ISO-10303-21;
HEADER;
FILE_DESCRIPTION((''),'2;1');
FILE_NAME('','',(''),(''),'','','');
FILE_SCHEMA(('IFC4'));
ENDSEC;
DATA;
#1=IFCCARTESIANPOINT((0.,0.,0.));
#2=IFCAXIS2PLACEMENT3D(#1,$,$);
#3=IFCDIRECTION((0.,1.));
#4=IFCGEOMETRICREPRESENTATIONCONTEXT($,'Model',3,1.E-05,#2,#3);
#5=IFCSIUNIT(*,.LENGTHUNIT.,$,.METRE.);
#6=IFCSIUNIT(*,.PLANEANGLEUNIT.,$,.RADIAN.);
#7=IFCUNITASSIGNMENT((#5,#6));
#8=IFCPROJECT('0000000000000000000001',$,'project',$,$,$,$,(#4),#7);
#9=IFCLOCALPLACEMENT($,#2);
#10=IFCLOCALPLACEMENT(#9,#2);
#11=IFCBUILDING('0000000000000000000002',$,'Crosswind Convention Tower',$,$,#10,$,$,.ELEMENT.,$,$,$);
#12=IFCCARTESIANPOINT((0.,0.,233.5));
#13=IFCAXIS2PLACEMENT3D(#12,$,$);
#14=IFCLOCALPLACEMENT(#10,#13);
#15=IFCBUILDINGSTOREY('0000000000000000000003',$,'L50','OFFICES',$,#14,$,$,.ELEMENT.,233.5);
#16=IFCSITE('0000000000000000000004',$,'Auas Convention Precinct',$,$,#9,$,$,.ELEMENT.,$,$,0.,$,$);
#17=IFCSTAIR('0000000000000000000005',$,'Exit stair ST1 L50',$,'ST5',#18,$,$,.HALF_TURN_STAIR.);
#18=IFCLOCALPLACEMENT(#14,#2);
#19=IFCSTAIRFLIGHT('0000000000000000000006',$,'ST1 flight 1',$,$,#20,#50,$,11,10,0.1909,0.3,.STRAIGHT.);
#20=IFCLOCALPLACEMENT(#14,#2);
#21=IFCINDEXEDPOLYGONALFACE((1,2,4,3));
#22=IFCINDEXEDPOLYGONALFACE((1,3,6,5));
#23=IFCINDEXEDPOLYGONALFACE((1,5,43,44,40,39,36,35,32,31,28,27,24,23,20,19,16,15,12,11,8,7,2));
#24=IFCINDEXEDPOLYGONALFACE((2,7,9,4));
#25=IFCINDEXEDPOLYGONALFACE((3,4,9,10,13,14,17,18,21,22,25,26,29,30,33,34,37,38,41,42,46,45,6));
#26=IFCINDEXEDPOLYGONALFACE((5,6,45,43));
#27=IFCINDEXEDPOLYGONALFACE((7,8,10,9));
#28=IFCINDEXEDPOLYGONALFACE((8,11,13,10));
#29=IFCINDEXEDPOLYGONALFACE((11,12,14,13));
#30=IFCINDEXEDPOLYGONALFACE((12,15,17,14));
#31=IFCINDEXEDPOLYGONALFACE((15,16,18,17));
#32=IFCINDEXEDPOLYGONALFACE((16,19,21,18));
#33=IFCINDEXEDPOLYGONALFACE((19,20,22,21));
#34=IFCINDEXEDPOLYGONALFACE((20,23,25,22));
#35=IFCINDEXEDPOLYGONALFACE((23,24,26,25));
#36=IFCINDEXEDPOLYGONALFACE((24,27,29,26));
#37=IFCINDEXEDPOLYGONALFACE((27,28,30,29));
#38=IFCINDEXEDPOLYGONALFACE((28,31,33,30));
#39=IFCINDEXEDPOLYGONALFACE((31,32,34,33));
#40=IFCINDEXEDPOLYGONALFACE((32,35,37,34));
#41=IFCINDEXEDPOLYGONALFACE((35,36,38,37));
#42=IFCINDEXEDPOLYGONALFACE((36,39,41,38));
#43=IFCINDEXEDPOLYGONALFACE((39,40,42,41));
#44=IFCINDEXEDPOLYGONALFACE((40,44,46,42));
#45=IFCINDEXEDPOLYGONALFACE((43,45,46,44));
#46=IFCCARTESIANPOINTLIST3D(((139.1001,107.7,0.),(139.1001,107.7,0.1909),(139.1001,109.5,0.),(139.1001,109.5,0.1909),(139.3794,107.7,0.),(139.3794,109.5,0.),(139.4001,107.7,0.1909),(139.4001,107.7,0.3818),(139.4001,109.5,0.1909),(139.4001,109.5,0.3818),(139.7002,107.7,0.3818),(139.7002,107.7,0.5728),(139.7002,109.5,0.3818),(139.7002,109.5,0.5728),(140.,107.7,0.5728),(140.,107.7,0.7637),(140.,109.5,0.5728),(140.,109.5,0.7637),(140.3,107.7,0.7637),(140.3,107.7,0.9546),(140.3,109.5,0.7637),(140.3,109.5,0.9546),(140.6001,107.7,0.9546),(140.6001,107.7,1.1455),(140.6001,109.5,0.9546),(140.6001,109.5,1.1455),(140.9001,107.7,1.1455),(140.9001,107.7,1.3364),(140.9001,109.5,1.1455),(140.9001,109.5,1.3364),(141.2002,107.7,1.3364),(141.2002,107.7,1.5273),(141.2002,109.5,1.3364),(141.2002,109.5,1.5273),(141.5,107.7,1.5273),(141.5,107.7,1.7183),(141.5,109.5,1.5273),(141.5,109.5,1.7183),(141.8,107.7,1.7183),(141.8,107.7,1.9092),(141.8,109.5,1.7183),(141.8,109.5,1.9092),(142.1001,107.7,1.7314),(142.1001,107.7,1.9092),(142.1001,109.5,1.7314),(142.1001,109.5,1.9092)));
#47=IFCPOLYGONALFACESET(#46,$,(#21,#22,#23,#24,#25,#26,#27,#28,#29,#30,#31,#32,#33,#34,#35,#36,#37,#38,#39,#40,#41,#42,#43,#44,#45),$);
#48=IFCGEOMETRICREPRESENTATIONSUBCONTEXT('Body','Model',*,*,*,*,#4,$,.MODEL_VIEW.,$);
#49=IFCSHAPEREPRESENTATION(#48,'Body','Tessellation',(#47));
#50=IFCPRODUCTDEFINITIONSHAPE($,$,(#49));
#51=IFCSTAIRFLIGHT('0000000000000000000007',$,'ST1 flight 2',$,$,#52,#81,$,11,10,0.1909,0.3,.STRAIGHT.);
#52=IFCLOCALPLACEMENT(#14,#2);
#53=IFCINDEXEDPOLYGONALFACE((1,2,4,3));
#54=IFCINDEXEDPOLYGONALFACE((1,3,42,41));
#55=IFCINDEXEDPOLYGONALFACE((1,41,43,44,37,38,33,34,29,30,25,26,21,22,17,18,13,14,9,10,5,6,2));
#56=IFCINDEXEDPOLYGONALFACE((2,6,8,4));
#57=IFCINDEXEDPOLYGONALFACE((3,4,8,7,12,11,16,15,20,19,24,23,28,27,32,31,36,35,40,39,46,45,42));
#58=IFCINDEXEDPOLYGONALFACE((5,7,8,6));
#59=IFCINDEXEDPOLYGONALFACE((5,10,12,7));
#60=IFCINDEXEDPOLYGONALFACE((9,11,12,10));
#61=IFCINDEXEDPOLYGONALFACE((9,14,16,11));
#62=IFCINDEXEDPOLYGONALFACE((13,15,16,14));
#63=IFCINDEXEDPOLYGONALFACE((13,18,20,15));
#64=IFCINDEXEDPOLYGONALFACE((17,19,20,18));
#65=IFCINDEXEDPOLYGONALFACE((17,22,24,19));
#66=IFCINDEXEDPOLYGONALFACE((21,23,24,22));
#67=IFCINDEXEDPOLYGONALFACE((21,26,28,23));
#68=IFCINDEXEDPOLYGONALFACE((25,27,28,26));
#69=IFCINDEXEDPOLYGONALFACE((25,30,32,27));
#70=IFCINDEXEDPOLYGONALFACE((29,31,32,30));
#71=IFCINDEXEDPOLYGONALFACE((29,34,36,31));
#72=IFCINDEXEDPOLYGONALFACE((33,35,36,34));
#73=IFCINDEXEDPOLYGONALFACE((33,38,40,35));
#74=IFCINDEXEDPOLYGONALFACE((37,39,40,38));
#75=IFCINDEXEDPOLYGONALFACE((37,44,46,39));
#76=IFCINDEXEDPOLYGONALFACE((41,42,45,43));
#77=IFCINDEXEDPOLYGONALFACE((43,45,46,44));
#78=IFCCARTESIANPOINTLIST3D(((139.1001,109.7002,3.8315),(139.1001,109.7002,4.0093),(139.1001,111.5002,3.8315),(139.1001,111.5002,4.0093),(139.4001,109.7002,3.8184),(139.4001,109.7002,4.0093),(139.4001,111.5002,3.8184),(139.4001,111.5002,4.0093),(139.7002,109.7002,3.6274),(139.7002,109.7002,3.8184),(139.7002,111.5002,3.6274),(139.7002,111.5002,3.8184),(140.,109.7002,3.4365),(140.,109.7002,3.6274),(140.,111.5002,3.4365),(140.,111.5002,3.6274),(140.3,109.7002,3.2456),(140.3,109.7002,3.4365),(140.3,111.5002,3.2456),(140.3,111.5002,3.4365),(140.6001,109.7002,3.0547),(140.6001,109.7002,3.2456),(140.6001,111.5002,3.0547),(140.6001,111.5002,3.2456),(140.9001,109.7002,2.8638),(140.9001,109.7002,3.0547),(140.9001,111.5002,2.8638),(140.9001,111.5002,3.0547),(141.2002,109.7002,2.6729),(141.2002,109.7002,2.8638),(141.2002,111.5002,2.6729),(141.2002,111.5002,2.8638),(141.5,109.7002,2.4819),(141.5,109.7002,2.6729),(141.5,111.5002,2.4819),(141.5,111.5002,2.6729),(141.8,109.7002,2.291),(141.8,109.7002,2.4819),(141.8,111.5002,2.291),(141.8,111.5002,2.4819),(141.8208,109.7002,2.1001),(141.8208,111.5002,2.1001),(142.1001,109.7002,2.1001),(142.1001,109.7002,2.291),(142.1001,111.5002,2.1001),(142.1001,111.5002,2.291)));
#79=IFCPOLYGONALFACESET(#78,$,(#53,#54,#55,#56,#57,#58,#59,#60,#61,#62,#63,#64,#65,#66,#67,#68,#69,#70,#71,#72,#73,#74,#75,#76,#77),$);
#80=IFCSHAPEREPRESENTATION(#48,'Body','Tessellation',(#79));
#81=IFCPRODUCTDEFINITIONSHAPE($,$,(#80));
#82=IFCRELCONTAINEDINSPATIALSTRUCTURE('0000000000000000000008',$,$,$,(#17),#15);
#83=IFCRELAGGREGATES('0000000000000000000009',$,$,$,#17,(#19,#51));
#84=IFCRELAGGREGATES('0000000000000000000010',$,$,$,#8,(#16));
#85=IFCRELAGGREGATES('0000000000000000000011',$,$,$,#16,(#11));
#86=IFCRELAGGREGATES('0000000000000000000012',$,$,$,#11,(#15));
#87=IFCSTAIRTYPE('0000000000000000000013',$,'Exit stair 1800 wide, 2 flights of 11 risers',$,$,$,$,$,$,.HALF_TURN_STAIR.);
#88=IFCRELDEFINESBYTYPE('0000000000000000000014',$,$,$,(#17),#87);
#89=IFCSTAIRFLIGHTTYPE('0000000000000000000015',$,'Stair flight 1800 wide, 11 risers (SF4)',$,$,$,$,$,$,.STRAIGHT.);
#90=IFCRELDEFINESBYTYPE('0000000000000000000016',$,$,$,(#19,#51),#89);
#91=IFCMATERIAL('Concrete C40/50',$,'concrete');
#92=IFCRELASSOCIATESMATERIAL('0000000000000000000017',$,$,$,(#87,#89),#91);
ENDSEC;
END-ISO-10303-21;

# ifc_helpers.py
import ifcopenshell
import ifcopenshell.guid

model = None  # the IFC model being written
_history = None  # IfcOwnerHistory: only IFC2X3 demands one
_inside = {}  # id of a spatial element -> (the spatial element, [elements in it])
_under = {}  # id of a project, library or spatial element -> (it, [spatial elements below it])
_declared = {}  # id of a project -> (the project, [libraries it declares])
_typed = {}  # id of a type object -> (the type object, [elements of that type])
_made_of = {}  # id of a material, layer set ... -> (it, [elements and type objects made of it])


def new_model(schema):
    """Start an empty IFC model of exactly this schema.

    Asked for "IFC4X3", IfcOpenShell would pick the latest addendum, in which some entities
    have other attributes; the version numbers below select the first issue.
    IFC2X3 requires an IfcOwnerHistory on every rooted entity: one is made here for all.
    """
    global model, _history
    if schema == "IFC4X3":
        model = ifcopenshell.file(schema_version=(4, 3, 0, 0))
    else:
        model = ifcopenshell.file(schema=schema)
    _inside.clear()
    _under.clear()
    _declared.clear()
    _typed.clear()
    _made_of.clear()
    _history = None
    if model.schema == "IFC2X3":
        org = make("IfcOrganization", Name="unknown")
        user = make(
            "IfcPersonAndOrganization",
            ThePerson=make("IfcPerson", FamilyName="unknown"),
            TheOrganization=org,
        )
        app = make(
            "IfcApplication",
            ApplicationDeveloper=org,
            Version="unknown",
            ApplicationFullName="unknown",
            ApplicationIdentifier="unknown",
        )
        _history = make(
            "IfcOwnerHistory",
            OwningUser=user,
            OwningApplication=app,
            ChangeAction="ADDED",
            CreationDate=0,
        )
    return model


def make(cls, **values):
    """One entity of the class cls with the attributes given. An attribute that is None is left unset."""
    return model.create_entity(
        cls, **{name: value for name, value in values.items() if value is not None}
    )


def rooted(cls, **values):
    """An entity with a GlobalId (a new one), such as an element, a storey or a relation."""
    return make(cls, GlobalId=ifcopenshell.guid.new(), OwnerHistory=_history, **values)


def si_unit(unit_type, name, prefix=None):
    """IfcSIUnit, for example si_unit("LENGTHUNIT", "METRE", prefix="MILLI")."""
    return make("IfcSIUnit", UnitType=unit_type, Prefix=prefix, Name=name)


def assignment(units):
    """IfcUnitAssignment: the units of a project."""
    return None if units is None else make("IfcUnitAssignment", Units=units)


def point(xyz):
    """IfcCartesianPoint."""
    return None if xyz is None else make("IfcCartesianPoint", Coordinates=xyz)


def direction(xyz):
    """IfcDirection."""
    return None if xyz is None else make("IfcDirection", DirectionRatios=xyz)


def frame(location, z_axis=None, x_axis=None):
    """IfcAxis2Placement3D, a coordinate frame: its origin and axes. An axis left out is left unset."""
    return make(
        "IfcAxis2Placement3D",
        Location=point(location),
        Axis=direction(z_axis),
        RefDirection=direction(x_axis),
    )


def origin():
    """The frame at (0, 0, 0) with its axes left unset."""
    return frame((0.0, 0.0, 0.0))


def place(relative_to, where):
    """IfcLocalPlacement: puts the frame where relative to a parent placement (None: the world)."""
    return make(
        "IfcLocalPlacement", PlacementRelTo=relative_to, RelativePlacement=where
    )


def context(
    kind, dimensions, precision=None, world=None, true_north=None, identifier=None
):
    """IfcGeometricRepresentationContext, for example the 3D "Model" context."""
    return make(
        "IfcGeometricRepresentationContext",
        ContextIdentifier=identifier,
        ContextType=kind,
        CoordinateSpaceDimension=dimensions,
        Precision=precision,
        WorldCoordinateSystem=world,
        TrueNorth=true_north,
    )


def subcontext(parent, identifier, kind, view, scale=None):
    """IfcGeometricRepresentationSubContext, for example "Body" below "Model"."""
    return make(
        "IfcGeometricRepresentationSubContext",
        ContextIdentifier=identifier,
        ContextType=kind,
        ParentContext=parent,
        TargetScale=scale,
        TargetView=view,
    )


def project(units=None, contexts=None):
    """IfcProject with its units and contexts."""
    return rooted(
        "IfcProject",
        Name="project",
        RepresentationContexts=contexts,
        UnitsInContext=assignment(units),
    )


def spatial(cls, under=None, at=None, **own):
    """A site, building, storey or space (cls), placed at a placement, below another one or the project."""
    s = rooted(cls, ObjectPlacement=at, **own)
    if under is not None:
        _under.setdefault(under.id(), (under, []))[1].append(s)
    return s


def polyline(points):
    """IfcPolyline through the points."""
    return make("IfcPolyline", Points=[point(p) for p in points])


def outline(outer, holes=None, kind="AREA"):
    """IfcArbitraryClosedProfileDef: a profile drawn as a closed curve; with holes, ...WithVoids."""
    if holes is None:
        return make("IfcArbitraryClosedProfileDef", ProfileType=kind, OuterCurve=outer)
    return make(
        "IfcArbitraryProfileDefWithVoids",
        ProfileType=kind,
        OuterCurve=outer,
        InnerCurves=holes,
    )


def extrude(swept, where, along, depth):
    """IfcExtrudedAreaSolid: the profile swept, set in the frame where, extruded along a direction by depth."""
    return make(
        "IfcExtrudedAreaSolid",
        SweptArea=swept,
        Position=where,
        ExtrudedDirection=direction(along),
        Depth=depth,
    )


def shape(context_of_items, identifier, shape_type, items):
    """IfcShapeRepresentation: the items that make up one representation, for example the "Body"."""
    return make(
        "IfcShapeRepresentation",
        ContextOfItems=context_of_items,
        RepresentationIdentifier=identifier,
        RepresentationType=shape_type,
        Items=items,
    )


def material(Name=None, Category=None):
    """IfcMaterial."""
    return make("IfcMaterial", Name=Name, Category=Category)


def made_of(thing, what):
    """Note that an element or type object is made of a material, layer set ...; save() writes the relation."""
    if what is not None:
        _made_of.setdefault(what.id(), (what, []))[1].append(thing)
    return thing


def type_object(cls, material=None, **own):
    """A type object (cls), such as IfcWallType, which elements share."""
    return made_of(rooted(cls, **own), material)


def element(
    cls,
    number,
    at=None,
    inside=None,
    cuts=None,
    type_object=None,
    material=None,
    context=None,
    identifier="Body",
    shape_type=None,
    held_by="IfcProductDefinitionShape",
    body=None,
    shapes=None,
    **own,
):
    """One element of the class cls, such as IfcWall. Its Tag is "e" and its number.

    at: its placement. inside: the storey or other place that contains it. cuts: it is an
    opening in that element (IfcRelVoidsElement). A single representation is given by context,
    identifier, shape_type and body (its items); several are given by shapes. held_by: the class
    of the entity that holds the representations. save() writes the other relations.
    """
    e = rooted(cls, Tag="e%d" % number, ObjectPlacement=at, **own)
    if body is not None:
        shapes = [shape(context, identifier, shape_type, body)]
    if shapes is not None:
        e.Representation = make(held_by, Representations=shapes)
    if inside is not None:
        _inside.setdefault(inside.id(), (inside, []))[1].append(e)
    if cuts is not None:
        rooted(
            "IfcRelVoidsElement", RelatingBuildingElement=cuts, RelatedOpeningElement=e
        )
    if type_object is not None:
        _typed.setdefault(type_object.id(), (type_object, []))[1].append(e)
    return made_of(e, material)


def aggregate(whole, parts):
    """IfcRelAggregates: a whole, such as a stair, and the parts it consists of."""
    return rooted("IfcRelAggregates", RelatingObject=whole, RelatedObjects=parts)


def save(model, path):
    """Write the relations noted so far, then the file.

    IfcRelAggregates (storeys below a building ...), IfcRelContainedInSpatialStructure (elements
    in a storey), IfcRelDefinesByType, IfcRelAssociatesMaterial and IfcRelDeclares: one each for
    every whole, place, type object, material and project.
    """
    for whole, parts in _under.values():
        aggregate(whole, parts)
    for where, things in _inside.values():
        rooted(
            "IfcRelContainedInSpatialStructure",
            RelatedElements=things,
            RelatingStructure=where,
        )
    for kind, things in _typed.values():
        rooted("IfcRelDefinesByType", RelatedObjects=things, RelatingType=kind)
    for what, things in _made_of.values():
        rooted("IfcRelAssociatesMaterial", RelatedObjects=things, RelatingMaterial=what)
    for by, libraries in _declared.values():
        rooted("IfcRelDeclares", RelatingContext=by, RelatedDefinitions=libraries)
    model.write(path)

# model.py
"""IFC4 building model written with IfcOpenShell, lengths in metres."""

from ifc_helpers import new_model, si_unit, direction, frame, origin, place, context, subcontext, project, spatial, polyline, outline, extrude, material, type_object, element, aggregate, save


model = new_model("IFC4")

# Units and contexts
model_context = context("Model", 3, precision=1e-05, world=origin(), true_north=direction((0.0, 1.0)))
body_context = subcontext(model_context, "Body", "Model", "MODEL_VIEW")
ifc_project = project(units=[si_unit("LENGTHUNIT", "METRE"), si_unit("PLANEANGLEUNIT", "RADIAN")], contexts=[model_context])

# Site, building, storey
site_placement = place(None, origin())
site = spatial("IfcSite", under=ifc_project, at=site_placement, Name="Auas Convention Precinct", CompositionType="ELEMENT", RefElevation=0.0)
building_placement = place(site_placement, origin())
building = spatial("IfcBuilding", under=site, at=building_placement, Name="Crosswind Convention Tower", CompositionType="ELEMENT")
storey_placement = place(building_placement, frame((0.0, 0.0, 233.5)))
storey = spatial("IfcBuildingStorey", under=building, at=storey_placement, Name="L50", Description="OFFICES", CompositionType="ELEMENT", Elevation=233.5)

# Stair, stair flights
ifc_material_1 = material(Name="Concrete C40/50", Category="concrete")
stair_type = type_object("IfcStairType", Name="Exit stair 1800 wide, 2 flights of 11 risers", PredefinedType="HALF_TURN_STAIR", material=ifc_material_1)
stair_placement = place(storey_placement, origin())
stair = element("IfcStair", 1, at=stair_placement, inside=storey, type_object=stair_type, Name="Exit stair ST1 L50", ObjectType="ST5", PredefinedType="HALF_TURN_STAIR")
stair_flight_type = type_object("IfcStairFlightType", Name="Stair flight 1800 wide, 11 risers (SF4)", PredefinedType="STRAIGHT", material=ifc_material_1)
stair_flight_1_placement = place(storey_placement, frame((139.1001, 108.6001, 0.0), z_axis=(0.0, 0.0, 1.0), x_axis=(1.0, 0.0, 0.0)))
stair_flight_1 = element("IfcStairFlight", 2, at=stair_flight_1_placement, type_object=stair_flight_type, Name="ST1 flight 1", NumberOfRisers=11, NumberOfTreads=10, PredefinedType="STRAIGHT", RiserHeight=0.1909, TreadLength=0.3, context=body_context, shape_type="SweptSolid", body=[
    extrude(outline(polyline([(0.0, 0.0), (0.0, 0.1909), (0.3, 0.1909), (0.3, 0.3818), (0.6001, 0.3818), (0.6001, 0.5728), (0.8999, 0.5728), (0.8999, 0.7637), (1.2, 0.7637), (1.2, 0.9546), (1.5, 0.9546), (1.5, 1.1455), (1.8, 1.1455), (1.8, 1.3364), (2.1001, 1.3364), (2.1001, 1.5273), (2.3999, 1.5273), (2.3999, 1.7183), (2.7, 1.7183), (2.7, 1.9092), (3.0, 1.9092), (3.0, 2.1001), (3.0, 1.7314), (0.2793, 0.0), (0.0, 0.0)])), frame((0.0, 0.8999, 0.0), z_axis=(0.0, -1.0, 0.0), x_axis=(1.0, 0.0, 0.0)), (0.0, 0.0, 1.0), 1.8),
])
stair_flight_2_placement = place(storey_placement, frame((142.1001, 110.6001, 2.1001), z_axis=(0.0, 0.0, 1.0), x_axis=(-1.0, 0.0, 0.0)))
stair_flight_2 = element("IfcStairFlight", 3, at=stair_flight_2_placement, type_object=stair_flight_type, Name="ST1 flight 2", NumberOfRisers=11, NumberOfTreads=10, PredefinedType="STRAIGHT", RiserHeight=0.1909, TreadLength=0.3, context=body_context, shape_type="SweptSolid", body=[
    extrude(outline(polyline([(0.0, 0.0), (0.0, 0.1909), (0.3, 0.1909), (0.3, 0.3818), (0.6001, 0.3818), (0.6001, 0.5728), (0.8999, 0.5728), (0.8999, 0.7637), (1.2, 0.7637), (1.2, 0.9546), (1.5, 0.9546), (1.5, 1.1455), (1.8, 1.1455), (1.8, 1.3364), (2.1001, 1.3364), (2.1001, 1.5273), (2.3999, 1.5273), (2.3999, 1.7183), (2.7, 1.7183), (2.7, 1.9092), (3.0, 1.9092), (3.0, 2.1001), (3.0, 1.7314), (0.2793, 0.0), (0.0, 0.0)])), frame((0.0, 0.8999, 0.0), z_axis=(0.0, -1.0, 0.0), x_axis=(1.0, 0.0, 0.0)), (0.0, 0.0, 1.0), 1.8),
])
aggregate(stair, [stair_flight_1, stair_flight_2])

save(model, "model.ifc")
